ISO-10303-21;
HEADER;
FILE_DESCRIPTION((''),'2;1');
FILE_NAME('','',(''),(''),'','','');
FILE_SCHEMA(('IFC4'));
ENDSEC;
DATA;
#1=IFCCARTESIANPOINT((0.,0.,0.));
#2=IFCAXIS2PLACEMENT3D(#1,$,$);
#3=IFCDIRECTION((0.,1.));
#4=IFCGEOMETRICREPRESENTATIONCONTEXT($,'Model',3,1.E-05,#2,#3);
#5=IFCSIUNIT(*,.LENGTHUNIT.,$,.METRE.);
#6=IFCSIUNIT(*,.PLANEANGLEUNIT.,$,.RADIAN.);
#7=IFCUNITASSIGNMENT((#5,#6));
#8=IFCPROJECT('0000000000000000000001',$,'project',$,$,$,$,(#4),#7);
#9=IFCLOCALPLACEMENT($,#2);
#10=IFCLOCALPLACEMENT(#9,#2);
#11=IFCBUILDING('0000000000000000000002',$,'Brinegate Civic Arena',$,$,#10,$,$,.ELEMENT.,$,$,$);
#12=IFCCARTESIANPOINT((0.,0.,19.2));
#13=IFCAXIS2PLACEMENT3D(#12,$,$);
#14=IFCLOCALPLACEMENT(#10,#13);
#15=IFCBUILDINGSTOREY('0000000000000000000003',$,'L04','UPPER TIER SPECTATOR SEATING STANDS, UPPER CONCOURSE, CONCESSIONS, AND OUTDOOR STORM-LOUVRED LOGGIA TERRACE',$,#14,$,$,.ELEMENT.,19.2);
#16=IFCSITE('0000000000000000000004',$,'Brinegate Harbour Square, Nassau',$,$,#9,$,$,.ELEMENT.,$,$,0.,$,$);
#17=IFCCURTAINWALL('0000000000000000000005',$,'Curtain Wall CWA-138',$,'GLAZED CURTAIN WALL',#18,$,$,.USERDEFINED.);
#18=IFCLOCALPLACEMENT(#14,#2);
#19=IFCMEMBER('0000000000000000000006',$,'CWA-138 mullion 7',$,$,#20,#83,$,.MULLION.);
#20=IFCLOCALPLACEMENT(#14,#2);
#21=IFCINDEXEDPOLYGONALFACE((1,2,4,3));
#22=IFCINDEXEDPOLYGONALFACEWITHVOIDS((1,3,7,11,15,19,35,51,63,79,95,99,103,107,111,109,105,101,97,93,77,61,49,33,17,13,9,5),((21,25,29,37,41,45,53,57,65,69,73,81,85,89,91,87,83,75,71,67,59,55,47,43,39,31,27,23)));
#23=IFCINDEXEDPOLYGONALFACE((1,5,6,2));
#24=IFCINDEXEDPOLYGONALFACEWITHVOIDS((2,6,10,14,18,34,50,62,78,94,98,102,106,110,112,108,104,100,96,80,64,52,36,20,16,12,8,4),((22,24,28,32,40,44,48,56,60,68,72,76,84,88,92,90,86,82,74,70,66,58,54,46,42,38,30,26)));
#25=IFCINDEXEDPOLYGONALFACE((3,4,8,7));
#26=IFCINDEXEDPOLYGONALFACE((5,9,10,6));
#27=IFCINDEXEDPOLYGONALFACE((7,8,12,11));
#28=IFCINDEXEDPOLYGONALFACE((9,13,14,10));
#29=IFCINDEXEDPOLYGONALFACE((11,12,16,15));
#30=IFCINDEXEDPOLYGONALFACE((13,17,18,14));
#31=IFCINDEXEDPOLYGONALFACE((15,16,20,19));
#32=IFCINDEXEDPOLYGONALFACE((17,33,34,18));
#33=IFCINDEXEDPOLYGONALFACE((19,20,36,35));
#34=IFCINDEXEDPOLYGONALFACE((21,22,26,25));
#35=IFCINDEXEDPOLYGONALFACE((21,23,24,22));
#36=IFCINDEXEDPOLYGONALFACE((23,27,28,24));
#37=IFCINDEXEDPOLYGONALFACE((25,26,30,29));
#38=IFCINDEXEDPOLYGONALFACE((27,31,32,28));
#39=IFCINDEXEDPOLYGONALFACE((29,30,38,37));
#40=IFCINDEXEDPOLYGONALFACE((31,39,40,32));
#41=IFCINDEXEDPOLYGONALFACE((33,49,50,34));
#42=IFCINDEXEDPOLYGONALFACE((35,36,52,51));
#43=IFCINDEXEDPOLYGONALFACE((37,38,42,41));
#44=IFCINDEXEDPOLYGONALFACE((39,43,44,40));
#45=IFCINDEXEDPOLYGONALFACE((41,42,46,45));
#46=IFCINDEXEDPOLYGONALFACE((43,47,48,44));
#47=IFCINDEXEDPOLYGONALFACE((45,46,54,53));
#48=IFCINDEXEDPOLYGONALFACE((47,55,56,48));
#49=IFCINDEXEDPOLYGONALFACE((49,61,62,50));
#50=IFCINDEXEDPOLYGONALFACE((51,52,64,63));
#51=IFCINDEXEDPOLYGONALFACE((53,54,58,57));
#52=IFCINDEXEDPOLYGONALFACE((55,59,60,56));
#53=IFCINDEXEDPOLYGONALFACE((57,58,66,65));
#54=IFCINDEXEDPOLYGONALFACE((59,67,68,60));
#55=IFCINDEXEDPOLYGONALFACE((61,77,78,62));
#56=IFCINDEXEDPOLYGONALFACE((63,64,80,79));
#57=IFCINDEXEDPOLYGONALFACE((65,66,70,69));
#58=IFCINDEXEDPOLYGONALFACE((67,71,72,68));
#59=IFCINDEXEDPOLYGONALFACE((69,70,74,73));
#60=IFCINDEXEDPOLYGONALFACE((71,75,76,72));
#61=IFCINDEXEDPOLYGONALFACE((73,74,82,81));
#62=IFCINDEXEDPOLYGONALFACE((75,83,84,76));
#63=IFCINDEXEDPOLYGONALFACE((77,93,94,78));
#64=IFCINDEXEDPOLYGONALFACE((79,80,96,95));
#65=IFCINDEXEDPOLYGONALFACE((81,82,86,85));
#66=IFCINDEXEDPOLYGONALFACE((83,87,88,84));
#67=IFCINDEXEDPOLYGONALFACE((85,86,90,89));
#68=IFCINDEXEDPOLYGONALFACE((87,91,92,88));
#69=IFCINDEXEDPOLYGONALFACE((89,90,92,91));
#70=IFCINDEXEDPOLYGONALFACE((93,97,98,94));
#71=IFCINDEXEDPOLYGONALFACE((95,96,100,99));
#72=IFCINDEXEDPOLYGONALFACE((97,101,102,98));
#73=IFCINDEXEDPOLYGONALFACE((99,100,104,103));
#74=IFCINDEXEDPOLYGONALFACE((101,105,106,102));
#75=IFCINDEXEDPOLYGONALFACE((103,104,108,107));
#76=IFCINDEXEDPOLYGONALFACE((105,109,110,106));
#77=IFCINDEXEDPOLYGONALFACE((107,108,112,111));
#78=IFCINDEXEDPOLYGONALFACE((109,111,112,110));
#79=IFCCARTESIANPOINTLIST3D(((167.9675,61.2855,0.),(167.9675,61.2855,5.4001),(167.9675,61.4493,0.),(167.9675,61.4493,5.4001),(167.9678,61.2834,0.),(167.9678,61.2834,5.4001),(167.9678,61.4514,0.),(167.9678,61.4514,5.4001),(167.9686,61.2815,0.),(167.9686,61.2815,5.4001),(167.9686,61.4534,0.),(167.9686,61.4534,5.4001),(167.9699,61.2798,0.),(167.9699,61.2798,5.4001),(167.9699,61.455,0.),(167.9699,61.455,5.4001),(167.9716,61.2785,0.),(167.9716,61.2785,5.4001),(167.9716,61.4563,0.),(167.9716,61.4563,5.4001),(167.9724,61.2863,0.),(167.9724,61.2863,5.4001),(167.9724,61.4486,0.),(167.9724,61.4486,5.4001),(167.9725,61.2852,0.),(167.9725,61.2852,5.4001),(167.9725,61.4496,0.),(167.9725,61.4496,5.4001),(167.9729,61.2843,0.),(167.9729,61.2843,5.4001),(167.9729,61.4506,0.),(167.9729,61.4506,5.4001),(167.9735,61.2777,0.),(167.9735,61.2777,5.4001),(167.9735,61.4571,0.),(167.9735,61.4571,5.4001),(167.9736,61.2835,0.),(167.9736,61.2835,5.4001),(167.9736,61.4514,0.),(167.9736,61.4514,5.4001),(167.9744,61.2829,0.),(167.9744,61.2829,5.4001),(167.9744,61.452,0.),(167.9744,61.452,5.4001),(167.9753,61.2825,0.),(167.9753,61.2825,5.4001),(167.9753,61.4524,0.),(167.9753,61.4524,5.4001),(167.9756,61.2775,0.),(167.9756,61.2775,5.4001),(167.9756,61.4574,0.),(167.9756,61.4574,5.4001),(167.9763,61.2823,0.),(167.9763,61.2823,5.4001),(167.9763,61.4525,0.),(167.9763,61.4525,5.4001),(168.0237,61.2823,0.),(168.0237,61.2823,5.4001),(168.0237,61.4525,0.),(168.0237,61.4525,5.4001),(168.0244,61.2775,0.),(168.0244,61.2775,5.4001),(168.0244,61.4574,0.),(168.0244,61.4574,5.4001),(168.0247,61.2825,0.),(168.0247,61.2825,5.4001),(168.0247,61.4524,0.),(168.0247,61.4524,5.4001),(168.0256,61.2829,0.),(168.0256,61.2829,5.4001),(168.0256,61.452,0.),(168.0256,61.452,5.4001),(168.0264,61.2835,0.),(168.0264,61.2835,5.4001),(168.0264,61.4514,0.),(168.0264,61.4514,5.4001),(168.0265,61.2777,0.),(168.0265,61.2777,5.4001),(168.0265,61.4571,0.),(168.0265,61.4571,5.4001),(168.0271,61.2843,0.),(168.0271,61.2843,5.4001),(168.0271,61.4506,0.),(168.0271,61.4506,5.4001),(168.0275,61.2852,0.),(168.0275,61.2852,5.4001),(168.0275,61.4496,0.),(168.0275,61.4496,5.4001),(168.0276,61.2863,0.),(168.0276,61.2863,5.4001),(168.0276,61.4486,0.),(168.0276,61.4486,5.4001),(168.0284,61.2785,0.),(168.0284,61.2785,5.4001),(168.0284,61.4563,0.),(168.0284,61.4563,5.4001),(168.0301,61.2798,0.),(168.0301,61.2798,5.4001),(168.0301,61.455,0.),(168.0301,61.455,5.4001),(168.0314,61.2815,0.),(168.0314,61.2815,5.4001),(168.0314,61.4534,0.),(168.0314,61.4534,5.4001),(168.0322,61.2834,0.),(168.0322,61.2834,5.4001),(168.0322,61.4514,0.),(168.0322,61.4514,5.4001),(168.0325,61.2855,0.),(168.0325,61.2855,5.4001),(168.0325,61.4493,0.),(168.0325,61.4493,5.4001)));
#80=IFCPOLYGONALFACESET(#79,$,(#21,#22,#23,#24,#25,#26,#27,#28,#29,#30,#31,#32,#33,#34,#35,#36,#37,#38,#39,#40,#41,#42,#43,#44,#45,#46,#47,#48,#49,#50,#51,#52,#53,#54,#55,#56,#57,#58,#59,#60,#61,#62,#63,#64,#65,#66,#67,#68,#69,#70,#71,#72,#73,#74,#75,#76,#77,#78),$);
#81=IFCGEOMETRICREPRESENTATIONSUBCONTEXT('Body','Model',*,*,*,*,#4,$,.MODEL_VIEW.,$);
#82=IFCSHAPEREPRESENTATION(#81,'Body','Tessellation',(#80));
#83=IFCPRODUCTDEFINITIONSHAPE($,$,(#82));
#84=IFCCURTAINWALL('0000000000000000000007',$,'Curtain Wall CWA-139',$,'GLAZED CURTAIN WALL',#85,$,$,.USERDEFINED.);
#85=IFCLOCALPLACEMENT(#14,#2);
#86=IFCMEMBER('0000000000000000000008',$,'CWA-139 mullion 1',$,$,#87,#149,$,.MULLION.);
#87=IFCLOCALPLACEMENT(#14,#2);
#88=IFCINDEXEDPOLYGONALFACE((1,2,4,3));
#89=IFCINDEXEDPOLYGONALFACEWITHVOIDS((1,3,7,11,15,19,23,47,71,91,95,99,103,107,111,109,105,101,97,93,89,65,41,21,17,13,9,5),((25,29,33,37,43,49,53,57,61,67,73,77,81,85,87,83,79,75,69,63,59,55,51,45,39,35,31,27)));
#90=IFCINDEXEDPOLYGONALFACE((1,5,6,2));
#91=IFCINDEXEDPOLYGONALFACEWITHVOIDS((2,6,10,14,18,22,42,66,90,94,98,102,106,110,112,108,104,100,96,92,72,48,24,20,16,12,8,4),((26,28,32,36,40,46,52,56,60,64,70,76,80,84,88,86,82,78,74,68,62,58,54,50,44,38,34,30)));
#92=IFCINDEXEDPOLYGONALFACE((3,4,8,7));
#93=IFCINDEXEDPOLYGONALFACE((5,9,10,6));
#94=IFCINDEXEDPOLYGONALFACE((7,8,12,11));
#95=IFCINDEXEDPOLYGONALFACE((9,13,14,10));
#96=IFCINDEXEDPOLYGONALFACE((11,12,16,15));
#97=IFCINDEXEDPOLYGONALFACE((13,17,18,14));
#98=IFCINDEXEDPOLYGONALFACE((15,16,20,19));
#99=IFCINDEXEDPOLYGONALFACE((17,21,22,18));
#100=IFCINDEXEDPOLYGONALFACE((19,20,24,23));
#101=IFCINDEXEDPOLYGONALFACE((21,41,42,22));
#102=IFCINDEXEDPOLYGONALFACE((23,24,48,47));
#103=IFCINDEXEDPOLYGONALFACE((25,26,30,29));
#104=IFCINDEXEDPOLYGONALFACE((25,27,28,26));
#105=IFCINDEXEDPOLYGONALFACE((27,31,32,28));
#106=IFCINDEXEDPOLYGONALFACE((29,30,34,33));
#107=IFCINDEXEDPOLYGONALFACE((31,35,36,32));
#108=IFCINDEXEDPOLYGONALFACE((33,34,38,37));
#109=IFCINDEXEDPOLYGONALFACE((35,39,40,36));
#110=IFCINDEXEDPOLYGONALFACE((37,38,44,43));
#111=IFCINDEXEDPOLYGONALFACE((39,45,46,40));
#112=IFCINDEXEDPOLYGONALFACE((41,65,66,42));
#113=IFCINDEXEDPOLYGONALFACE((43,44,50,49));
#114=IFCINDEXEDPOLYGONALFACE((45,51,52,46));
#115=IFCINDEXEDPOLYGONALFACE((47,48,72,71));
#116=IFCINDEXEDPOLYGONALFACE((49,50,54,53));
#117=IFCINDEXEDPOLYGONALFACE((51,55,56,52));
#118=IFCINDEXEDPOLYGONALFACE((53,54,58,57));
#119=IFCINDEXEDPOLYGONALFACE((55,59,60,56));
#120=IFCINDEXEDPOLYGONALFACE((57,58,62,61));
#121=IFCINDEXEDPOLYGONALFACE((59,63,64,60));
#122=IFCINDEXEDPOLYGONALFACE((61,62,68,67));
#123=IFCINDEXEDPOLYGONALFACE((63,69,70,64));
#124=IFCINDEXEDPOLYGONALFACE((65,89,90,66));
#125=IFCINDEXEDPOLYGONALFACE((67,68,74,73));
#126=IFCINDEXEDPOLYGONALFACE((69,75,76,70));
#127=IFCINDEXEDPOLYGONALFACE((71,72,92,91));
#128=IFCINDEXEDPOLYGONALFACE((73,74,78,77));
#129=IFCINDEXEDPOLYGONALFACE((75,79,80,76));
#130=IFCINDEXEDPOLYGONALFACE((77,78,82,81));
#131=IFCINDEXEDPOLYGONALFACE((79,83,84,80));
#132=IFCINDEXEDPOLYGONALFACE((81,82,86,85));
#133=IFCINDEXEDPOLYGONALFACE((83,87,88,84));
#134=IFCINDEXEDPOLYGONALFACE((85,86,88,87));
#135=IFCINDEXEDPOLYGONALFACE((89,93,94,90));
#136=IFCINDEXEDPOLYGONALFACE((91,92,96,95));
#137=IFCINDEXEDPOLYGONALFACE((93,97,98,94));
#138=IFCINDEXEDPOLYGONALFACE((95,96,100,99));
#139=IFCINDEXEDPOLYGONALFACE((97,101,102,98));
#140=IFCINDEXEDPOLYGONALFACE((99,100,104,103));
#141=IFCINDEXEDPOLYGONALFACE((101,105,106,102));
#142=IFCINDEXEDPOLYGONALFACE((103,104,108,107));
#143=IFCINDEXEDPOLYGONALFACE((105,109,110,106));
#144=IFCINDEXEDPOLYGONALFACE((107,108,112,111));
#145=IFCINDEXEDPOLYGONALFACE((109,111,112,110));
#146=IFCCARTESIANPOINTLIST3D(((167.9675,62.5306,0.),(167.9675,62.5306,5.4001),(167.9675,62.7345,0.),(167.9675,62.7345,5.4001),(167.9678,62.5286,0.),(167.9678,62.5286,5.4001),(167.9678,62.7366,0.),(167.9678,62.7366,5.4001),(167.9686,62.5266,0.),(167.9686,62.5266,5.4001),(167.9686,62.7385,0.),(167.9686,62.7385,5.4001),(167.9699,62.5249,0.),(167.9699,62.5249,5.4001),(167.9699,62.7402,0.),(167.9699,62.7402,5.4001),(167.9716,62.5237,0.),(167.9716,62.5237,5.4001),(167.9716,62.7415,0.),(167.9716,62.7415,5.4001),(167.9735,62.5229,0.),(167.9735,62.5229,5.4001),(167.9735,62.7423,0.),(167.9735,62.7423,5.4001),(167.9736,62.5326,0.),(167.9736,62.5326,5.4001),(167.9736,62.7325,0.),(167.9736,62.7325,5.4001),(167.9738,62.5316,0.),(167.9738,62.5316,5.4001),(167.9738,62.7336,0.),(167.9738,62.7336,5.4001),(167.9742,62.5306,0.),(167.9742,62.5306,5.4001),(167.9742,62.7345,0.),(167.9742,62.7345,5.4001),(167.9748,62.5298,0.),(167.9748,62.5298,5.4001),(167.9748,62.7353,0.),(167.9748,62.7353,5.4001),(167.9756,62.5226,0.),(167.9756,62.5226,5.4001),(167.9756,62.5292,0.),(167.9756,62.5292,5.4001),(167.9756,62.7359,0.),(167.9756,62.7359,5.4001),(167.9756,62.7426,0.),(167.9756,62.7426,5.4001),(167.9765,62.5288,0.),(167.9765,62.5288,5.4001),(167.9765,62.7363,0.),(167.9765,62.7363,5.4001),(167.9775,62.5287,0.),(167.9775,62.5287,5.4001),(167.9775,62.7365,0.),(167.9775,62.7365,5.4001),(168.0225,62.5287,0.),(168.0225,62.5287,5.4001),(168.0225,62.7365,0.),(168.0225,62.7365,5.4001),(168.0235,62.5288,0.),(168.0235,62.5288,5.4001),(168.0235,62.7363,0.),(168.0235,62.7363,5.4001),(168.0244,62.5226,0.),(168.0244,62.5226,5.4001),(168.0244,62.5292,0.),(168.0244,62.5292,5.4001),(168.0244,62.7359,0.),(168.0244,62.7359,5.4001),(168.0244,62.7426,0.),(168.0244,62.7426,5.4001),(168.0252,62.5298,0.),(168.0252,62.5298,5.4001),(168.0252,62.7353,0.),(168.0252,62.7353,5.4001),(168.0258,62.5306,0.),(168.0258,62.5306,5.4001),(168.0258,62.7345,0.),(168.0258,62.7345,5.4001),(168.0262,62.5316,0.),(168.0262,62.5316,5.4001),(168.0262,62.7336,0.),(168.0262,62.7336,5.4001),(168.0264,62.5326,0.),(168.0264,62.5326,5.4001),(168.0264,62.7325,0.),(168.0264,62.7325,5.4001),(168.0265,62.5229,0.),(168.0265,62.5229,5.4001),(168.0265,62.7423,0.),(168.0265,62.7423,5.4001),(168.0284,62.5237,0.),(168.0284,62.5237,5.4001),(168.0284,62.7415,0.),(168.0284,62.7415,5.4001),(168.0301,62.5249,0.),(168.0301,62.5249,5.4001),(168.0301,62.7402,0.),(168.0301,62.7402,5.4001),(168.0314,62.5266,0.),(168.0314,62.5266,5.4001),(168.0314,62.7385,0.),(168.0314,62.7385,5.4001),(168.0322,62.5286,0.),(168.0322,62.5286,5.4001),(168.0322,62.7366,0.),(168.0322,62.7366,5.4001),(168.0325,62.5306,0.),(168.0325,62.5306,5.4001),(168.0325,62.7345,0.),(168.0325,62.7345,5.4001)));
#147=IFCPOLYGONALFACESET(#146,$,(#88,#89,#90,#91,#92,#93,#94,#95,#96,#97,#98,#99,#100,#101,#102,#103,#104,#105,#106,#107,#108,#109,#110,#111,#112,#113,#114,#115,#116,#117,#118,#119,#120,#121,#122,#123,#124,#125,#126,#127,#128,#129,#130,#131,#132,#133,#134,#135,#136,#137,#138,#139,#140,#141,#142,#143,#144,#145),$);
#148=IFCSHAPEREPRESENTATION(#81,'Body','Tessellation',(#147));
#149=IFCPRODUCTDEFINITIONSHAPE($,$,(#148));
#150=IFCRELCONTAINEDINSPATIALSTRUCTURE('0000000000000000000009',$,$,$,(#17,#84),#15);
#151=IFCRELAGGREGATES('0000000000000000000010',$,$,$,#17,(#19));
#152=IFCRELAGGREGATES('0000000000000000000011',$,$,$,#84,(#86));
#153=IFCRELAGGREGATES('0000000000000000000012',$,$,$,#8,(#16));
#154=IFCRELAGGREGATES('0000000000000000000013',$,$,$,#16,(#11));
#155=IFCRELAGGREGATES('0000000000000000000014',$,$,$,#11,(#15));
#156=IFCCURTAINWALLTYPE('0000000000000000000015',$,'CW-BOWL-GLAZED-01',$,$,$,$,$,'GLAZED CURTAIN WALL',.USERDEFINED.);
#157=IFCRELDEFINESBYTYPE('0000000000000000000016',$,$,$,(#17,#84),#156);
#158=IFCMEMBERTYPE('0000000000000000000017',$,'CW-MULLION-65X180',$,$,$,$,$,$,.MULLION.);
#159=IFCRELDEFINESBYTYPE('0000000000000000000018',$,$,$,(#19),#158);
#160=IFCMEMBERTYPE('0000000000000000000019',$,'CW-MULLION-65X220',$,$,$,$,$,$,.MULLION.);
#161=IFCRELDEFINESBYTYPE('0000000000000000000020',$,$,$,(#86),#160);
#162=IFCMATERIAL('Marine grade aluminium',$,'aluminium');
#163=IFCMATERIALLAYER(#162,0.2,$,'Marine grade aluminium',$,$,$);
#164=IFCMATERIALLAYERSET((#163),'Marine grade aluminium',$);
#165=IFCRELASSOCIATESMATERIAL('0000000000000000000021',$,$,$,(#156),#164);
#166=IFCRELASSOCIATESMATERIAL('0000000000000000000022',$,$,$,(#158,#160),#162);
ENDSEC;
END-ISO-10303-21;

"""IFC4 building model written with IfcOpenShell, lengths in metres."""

from ifc_helpers import new_model, si_unit, direction, frame, origin, origin_2d, place, context, subcontext, project, spatial, hollow_rectangle, extrude, material, layer, layer_set, material_profile, profile_set, type_object, element, aggregate, save


model = new_model("IFC4")

# Units and contexts
model_context = context("Model", 3, precision=1e-05, world=origin(), true_north=direction((0.0, 1.0)))
body_context = subcontext(model_context, "Body", "Model", "MODEL_VIEW")
ifc_project = project(units=[si_unit("LENGTHUNIT", "METRE"), si_unit("PLANEANGLEUNIT", "RADIAN")], contexts=[model_context])

# Site, building, storey
site_placement = place(None, origin())
site = spatial("IfcSite", under=ifc_project, at=site_placement, Name="Brinegate Harbour Square, Nassau", CompositionType="ELEMENT", RefElevation=0.0)
building_placement = place(site_placement, origin())
building = spatial("IfcBuilding", under=site, at=building_placement, Name="Brinegate Civic Arena", CompositionType="ELEMENT")
storey_placement = place(building_placement, frame((0.0, 0.0, 19.2)))
storey = spatial("IfcBuildingStorey", under=building, at=storey_placement, Name="L04", Description="UPPER TIER SPECTATOR SEATING STANDS, UPPER CONCOURSE, CONCESSIONS, AND OUTDOOR STORM-LOUVRED LOGGIA TERRACE", CompositionType="ELEMENT", Elevation=19.2)

# Curtain wall, member
ifc_material_1 = material(Name="Marine grade aluminium", Category="aluminium")
ifc_layer_1 = layer(ifc_material_1, 0.2, Name="Marine grade aluminium")
ifc_layer_set_1 = layer_set([ifc_layer_1], Name="Marine grade aluminium")
curtain_wall_type = type_object("IfcCurtainWallType", Name="CW-BOWL-GLAZED-01", ElementType="GLAZED CURTAIN WALL", PredefinedType="USERDEFINED", material=ifc_layer_set_1)
curtain_wall_1_placement = place(storey_placement, origin())
curtain_wall_1 = element("IfcCurtainWall", 1, at=curtain_wall_1_placement, inside=storey, type_object=curtain_wall_type, Name="Curtain Wall CWA-138", ObjectType="GLAZED CURTAIN WALL", PredefinedType="USERDEFINED")
ifc_material_profile_1 = material_profile(ifc_material_1, hollow_rectangle(XDim=0.0649, YDim=0.1799, WallThickness=0.0049, InnerFilletRadius=0.0039, OuterFilletRadius=0.0081, at=origin_2d()), Name="MUL65X180")
ifc_profile_set_1 = profile_set([ifc_material_profile_1], Name="Marine grade aluminium")
member_type_1 = type_object("IfcMemberType", Name="CW-MULLION-65X180", PredefinedType="MULLION", material=ifc_profile_set_1)
member_1_placement = place(storey_placement, frame((168.0, 61.3674, 0.0), z_axis=(0.0, 0.0, 1.0), x_axis=(-1.0, 0.0, 0.0)))
member_1 = element("IfcMember", 2, at=member_1_placement, type_object=member_type_1, Name="CWA-138 mullion 7", PredefinedType="MULLION", context=body_context, shape_type="SweptSolid", body=[
    extrude(hollow_rectangle(XDim=0.0649, YDim=0.1799, WallThickness=0.0049, InnerFilletRadius=0.0039, OuterFilletRadius=0.0081, at=origin_2d()), origin(), (0.0, 0.0, 1.0), 5.4001),
])

# Curtain wall, member
curtain_wall_2_placement = place(storey_placement, origin())
curtain_wall_2 = element("IfcCurtainWall", 3, at=curtain_wall_2_placement, inside=storey, type_object=curtain_wall_type, Name="Curtain Wall CWA-139", ObjectType="GLAZED CURTAIN WALL", PredefinedType="USERDEFINED")
ifc_material_profile_2 = material_profile(ifc_material_1, hollow_rectangle(XDim=0.0649, YDim=0.22, WallThickness=0.0061, InnerFilletRadius=0.0039, OuterFilletRadius=0.0081, at=origin_2d()), Name="MUL65X220")
ifc_profile_set_2 = profile_set([ifc_material_profile_2], Name="Marine grade aluminium")
member_type_2 = type_object("IfcMemberType", Name="CW-MULLION-65X220", PredefinedType="MULLION", material=ifc_profile_set_2)
member_2_placement = place(storey_placement, frame((168.0, 62.6326, 0.0), z_axis=(0.0, 0.0, 1.0), x_axis=(-1.0, 0.0, 0.0)))
member_2 = element("IfcMember", 4, at=member_2_placement, type_object=member_type_2, Name="CWA-139 mullion 1", PredefinedType="MULLION", context=body_context, shape_type="SweptSolid", body=[
    extrude(hollow_rectangle(XDim=0.0649, YDim=0.22, WallThickness=0.0061, InnerFilletRadius=0.0039, OuterFilletRadius=0.0081, at=origin_2d()), origin(), (0.0, 0.0, 1.0), 5.4001),
])

aggregate(curtain_wall_1, [member_1])
aggregate(curtain_wall_2, [member_2])

save(model, "model.ifc")
